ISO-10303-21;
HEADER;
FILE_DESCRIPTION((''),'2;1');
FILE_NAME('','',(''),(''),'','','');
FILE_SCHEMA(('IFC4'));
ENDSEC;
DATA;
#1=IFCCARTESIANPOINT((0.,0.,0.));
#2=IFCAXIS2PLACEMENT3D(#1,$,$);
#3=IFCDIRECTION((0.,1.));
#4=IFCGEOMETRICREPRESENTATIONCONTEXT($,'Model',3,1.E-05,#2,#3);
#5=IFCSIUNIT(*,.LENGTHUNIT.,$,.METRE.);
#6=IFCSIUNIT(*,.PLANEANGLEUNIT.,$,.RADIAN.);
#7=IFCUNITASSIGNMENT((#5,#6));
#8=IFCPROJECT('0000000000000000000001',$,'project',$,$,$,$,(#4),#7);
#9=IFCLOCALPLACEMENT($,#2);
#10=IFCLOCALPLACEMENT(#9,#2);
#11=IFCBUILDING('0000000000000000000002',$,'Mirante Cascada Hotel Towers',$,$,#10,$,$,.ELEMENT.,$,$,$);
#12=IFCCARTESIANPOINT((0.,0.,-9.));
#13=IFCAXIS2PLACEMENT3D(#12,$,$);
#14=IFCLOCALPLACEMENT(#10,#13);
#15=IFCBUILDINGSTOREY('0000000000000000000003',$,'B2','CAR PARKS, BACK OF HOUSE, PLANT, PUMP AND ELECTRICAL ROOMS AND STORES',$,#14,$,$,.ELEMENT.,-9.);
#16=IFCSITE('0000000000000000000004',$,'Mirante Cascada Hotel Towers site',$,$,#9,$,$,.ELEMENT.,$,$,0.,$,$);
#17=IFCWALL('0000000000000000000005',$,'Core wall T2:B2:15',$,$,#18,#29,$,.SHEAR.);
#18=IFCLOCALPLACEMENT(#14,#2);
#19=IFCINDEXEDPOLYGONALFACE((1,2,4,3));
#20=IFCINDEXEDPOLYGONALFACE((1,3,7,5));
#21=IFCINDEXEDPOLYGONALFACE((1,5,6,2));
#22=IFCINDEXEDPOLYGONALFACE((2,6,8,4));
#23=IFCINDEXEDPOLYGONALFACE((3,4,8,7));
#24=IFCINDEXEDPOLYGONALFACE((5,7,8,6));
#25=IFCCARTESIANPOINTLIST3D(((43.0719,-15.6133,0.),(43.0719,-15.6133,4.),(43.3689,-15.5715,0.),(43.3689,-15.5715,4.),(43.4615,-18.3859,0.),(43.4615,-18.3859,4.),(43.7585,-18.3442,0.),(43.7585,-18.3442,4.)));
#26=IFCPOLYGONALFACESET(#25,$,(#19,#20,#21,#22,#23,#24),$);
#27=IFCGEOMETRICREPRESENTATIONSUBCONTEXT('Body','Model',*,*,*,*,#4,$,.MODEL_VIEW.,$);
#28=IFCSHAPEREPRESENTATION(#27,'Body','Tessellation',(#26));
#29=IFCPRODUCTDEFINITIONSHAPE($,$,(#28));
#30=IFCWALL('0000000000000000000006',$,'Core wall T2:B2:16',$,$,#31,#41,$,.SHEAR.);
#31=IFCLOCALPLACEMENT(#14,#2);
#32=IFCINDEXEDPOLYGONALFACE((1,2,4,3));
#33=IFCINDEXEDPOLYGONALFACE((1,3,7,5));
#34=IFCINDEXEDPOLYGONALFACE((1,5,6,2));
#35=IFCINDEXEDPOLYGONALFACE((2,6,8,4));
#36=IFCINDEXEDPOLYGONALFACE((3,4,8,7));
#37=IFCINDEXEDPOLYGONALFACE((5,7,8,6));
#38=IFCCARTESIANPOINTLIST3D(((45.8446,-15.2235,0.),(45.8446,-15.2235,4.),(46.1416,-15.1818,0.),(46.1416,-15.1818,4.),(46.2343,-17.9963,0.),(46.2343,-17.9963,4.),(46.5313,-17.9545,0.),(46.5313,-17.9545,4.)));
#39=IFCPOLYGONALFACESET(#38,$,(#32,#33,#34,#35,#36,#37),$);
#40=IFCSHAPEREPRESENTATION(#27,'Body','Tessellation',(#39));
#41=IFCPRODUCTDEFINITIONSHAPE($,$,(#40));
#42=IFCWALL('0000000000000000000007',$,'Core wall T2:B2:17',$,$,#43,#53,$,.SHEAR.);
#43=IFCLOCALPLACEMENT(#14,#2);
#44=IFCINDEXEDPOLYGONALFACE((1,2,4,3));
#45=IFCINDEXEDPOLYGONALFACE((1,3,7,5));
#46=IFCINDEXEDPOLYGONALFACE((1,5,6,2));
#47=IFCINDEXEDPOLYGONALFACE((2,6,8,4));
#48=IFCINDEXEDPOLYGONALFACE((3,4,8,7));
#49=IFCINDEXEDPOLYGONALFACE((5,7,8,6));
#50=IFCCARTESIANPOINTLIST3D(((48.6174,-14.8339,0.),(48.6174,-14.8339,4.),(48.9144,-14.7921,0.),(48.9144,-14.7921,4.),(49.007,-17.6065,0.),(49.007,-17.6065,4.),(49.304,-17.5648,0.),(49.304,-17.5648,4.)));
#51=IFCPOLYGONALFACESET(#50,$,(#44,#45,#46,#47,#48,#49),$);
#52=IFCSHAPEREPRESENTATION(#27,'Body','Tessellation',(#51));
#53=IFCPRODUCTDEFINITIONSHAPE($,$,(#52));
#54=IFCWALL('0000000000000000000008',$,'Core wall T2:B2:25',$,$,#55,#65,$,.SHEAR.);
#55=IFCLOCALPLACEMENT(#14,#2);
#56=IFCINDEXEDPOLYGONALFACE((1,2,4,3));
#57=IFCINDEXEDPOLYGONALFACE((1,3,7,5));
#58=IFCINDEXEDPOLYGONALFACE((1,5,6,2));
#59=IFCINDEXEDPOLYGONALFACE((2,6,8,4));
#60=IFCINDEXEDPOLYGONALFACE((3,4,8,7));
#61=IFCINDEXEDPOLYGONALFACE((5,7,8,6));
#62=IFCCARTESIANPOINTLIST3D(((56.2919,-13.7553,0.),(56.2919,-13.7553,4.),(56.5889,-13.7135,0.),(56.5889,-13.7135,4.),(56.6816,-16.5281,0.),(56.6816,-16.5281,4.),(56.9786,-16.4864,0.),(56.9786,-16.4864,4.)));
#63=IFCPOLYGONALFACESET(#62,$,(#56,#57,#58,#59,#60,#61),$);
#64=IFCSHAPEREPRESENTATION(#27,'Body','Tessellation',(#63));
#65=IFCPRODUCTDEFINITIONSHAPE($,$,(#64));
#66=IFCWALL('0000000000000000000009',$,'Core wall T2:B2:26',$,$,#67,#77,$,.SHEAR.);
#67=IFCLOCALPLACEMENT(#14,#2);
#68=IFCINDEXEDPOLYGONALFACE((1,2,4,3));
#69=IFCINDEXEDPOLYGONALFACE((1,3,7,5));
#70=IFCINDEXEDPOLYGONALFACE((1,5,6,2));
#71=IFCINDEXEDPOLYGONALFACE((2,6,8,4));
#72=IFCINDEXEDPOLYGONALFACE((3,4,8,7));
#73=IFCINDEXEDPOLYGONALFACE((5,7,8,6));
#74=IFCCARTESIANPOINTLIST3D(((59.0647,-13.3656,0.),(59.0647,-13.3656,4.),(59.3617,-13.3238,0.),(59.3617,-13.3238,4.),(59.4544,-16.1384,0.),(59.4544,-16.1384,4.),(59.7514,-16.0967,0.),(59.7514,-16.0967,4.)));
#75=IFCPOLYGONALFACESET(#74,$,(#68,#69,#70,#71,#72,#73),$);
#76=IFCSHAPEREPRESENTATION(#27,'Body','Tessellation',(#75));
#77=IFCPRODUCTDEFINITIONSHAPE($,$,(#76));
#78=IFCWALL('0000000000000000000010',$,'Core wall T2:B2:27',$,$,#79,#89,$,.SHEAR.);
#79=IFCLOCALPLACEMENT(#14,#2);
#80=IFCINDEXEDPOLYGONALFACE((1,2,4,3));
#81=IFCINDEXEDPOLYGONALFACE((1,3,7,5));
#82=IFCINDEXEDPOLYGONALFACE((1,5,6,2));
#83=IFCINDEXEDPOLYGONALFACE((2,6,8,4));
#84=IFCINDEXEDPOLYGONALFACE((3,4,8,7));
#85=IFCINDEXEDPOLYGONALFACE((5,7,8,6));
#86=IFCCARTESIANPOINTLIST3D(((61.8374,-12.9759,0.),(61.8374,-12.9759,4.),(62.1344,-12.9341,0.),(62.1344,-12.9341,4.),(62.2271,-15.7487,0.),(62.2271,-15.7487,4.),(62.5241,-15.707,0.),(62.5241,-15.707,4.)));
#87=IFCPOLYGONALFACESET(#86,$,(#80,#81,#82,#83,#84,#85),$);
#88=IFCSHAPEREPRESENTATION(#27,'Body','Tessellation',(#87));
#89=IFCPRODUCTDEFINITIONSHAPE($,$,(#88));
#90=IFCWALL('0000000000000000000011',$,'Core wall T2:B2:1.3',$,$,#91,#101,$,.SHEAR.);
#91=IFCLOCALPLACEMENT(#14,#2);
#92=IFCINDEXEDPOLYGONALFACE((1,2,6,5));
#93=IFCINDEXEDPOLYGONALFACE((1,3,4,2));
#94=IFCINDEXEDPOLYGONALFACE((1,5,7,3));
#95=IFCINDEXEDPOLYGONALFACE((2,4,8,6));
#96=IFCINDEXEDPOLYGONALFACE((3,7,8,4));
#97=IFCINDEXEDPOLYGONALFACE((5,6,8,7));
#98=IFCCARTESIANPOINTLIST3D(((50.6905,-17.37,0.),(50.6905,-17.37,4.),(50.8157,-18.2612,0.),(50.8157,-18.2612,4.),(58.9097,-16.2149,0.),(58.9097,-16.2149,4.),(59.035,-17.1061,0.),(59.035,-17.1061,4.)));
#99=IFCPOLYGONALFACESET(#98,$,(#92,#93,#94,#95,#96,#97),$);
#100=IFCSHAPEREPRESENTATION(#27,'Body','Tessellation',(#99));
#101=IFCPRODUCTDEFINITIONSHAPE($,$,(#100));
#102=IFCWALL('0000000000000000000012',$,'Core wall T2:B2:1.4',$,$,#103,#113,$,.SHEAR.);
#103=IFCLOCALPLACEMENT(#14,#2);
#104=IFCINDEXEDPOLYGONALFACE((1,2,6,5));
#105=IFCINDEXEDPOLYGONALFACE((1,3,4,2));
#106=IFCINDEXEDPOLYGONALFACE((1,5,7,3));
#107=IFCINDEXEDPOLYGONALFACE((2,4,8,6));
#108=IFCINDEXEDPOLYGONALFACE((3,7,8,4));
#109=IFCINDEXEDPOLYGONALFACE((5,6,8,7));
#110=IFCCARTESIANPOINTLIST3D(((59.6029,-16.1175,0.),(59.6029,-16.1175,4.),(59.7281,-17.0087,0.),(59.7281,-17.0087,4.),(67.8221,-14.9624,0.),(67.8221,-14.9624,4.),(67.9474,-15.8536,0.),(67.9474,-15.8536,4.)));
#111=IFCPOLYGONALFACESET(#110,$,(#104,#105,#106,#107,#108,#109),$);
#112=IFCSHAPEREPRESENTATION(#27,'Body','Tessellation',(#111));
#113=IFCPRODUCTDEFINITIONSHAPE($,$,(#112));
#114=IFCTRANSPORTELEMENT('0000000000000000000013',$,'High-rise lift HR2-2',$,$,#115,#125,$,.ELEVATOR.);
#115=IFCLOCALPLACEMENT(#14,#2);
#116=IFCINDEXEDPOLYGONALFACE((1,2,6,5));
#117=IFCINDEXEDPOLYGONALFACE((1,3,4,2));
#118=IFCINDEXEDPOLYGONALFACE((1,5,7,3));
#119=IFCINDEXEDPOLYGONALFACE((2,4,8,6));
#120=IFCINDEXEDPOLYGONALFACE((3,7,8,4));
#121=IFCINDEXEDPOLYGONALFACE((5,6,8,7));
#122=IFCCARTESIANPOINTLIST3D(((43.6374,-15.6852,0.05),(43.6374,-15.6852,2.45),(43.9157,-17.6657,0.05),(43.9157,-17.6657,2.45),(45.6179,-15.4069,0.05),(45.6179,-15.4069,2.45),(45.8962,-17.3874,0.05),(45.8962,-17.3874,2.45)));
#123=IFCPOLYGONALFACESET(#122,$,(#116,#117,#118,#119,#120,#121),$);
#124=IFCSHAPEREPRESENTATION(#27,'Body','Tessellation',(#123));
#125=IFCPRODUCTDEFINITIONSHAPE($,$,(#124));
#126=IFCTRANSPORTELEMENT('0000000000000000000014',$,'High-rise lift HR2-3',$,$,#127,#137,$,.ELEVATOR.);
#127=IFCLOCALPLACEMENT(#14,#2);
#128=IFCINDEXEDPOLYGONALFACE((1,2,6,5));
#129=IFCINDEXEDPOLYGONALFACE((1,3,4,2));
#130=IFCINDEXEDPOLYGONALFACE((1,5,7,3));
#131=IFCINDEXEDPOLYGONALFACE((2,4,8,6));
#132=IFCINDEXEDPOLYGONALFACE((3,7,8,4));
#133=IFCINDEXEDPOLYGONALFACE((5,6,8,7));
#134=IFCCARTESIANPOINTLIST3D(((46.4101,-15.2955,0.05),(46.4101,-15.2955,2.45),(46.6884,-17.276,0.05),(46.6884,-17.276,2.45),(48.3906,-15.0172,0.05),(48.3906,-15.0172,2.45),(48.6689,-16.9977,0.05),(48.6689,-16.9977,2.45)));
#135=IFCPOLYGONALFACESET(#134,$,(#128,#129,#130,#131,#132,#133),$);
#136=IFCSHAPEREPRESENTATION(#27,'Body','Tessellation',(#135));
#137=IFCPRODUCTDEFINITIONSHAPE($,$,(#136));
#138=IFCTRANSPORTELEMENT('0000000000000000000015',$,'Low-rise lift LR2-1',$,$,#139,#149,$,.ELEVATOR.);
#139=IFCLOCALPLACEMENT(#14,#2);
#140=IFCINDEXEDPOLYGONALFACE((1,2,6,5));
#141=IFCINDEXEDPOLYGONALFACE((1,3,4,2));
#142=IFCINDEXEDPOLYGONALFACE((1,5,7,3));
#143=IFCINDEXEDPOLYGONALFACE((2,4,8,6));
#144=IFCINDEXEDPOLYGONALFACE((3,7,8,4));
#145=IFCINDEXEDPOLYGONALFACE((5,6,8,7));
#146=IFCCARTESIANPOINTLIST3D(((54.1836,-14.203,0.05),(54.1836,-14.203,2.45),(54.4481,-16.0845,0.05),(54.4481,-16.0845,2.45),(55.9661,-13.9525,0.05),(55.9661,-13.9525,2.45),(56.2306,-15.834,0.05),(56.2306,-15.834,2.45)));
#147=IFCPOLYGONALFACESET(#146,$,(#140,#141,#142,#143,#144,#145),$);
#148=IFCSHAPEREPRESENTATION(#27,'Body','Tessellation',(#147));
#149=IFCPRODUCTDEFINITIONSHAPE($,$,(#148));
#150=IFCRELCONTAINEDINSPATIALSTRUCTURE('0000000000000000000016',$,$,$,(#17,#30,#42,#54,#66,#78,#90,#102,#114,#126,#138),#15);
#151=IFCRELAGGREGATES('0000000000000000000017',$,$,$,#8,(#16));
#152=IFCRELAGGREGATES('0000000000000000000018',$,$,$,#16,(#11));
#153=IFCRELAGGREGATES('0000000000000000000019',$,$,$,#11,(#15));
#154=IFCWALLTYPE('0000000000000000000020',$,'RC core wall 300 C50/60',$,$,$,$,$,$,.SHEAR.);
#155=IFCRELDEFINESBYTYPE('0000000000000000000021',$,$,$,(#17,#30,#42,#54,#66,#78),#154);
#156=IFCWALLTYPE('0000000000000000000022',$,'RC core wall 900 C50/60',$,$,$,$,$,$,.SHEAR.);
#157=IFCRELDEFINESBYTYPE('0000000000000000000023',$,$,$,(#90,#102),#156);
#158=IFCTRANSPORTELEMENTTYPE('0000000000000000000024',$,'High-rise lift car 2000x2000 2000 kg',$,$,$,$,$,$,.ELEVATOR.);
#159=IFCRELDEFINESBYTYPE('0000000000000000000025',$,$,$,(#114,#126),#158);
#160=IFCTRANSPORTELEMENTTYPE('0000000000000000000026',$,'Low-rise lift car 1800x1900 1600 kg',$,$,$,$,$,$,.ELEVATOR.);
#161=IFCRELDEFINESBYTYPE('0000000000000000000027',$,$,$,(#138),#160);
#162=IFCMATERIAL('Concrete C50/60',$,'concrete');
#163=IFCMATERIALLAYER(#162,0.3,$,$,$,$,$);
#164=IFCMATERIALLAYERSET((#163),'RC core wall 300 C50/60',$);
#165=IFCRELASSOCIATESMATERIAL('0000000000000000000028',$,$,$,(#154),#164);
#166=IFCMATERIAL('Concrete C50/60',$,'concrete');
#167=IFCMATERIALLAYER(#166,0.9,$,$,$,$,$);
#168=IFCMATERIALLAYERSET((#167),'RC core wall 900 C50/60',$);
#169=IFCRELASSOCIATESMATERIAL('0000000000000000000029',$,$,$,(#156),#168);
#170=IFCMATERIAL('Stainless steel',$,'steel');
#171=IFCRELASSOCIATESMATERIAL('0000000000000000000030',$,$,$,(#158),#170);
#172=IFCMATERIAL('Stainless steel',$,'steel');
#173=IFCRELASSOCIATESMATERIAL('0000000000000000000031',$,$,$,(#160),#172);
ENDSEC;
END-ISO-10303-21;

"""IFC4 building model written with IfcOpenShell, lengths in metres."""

from ifc_helpers import new_model, si_unit, direction, frame, frame_2d, origin, origin_2d, place, context, subcontext, project, spatial, rectangle, extrude, material, layer, layer_set, type_object, element, save


model = new_model("IFC4")

# Units and contexts
model_context = context("Model", 3, precision=1e-05, world=origin(), true_north=direction((0.0, 1.0)))
body_context = subcontext(model_context, "Body", "Model", "MODEL_VIEW")
ifc_project = project(units=[si_unit("LENGTHUNIT", "METRE"), si_unit("PLANEANGLEUNIT", "RADIAN")], contexts=[model_context])

# Site, building, storey
site_placement = place(None, origin())
site = spatial("IfcSite", under=ifc_project, at=site_placement, Name="Mirante Cascada Hotel Towers site", CompositionType="ELEMENT", RefElevation=0.0)
building_placement = place(site_placement, origin())
building = spatial("IfcBuilding", under=site, at=building_placement, Name="Mirante Cascada Hotel Towers", CompositionType="ELEMENT")
storey_placement = place(building_placement, frame((0.0, 0.0, -9.0)))
storey = spatial("IfcBuildingStorey", under=building, at=storey_placement, Name="B2", Description="CAR PARKS, BACK OF HOUSE, PLANT, PUMP AND ELECTRICAL ROOMS AND STORES", CompositionType="ELEMENT", Elevation=-9.0)

# Walls
ifc_material_1 = material(Name="Concrete C50/60", Category="concrete")
ifc_layer_1 = layer(ifc_material_1, 0.3)
ifc_layer_set_1 = layer_set([ifc_layer_1], Name="RC core wall 300 C50/60")
wall_type_1 = type_object("IfcWallType", Name="RC core wall 300 C50/60", PredefinedType="SHEAR", material=ifc_layer_set_1)
wall_1_placement = place(storey_placement, frame((43.61, -18.3651, 0.0), z_axis=(0.0, 0.0, 1.0), x_axis=(-0.139146, 0.990272, 0.0)))
element("IfcWall", 1, at=wall_1_placement, inside=storey, type_object=wall_type_1, Name="Core wall T2:B2:15", PredefinedType="SHEAR", context=body_context, shape_type="SweptSolid", body=[
    extrude(rectangle(XDim=2.7999, YDim=0.3, at=frame_2d((1.4, 0.0))), origin(), (0.0, 0.0, 1.0), 4.0),
])
wall_2_placement = place(storey_placement, frame((46.3828, -17.9754, 0.0), z_axis=(0.0, 0.0, 1.0), x_axis=(-0.139181, 0.990267, 0.0)))
element("IfcWall", 2, at=wall_2_placement, inside=storey, type_object=wall_type_1, Name="Core wall T2:B2:16", PredefinedType="SHEAR", context=body_context, shape_type="SweptSolid", body=[
    extrude(rectangle(XDim=2.8, YDim=0.3, at=frame_2d((1.4, 0.0))), origin(), (0.0, 0.0, 1.0), 4.0),
])
wall_3_placement = place(storey_placement, frame((49.1555, -17.5857, 0.0), z_axis=(0.0, 0.0, 1.0), x_axis=(-0.139146, 0.990272, 0.0)))
element("IfcWall", 3, at=wall_3_placement, inside=storey, type_object=wall_type_1, Name="Core wall T2:B2:17", PredefinedType="SHEAR", context=body_context, shape_type="SweptSolid", body=[
    extrude(rectangle(XDim=2.7999, YDim=0.3, at=frame_2d((1.4, 0.0))), origin(), (0.0, 0.0, 1.0), 4.0),
])
for number, where, z_axis, x_axis, name in (
    (4, (56.8301, -16.5072, 0.0), (0.0, 0.0, 1.0), (-0.139176, 0.990268, 0.0), "Core wall T2:B2:25"),
    (5, (59.6029, -16.1175, 0.0), (0.0, 0.0, 1.0), (-0.139176, 0.990268, 0.0), "Core wall T2:B2:26"),
    (6, (62.3756, -15.7278, 0.0), (0.0, 0.0, 1.0), (-0.139176, 0.990268, 0.0), "Core wall T2:B2:27"),
):
    element("IfcWall", number, at=place(storey_placement, frame(where, z_axis=z_axis, x_axis=x_axis)), inside=storey, type_object=wall_type_1, Name=name, PredefinedType="SHEAR", context=body_context, shape_type="SweptSolid", body=[
        extrude(rectangle(XDim=2.8001, YDim=0.3, at=frame_2d((1.4, 0.0))), origin(), (0.0, 0.0, 1.0), 4.0),
    ])
ifc_material_2 = material(Name="Concrete C50/60", Category="concrete")
ifc_layer_2 = layer(ifc_material_2, 0.9)
ifc_layer_set_2 = layer_set([ifc_layer_2], Name="RC core wall 900 C50/60")
wall_type_2 = type_object("IfcWallType", Name="RC core wall 900 C50/60", PredefinedType="SHEAR", material=ifc_layer_set_2)
for number, where, z_axis, x_axis, name in (
    (7, (50.7531, -17.8156, 0.0), (0.0, 0.0, 1.0), (0.990269, 0.139169, 0.0), "Core wall T2:B2:1.3"),
    (8, (59.6655, -16.5631, 0.0), (0.0, 0.0, 1.0), (0.990269, 0.139169, 0.0), "Core wall T2:B2:1.4"),
):
    element("IfcWall", number, at=place(storey_placement, frame(where, z_axis=z_axis, x_axis=x_axis)), inside=storey, type_object=wall_type_2, Name=name, PredefinedType="SHEAR", context=body_context, shape_type="SweptSolid", body=[
        extrude(rectangle(XDim=8.3, YDim=0.9, at=frame_2d((4.15, 0.0))), origin(), (0.0, 0.0, 1.0), 4.0),
    ])

# Transport elements
ifc_material_3 = material(Name="Stainless steel", Category="steel")
transport_element_type_1 = type_object("IfcTransportElementType", Name="High-rise lift car 2000x2000 2000 kg", PredefinedType="ELEVATOR", material=ifc_material_3)
for number, where, z_axis, x_axis, name in (
    (9, (44.7668, -16.5363, 0.05), (0.0, 0.0, 1.0), (0.990268, 0.139173, 0.0), "High-rise lift HR2-2"),
    (10, (47.5395, -16.1466, 0.05), (0.0, 0.0, 1.0), (0.990268, 0.139173, 0.0), "High-rise lift HR2-3"),
):
    element("IfcTransportElement", number, at=place(storey_placement, frame(where, z_axis=z_axis, x_axis=x_axis)), inside=storey, type_object=transport_element_type_1, Name=name, PredefinedType="ELEVATOR", context=body_context, shape_type="SweptSolid", body=[
        extrude(rectangle(XDim=2.0, YDim=2.0, at=origin_2d()), origin(), (0.0, 0.0, 1.0), 2.4),
    ])
ifc_material_4 = material(Name="Stainless steel", Category="steel")
transport_element_type_2 = type_object("IfcTransportElementType", Name="Low-rise lift car 1800x1900 1600 kg", PredefinedType="ELEVATOR", material=ifc_material_4)
transport_element_placement = place(storey_placement, frame((55.2071, -15.0185, 0.05), z_axis=(0.0, 0.0, 1.0), x_axis=(0.990268, 0.139173, 0.0)))
element("IfcTransportElement", 11, at=transport_element_placement, inside=storey, type_object=transport_element_type_2, Name="Low-rise lift LR2-1", PredefinedType="ELEVATOR", context=body_context, shape_type="SweptSolid", body=[
    extrude(rectangle(XDim=1.8, YDim=1.9, at=origin_2d()), origin(), (0.0, 0.0, 1.0), 2.4),
])

save(model, "model.ifc")
